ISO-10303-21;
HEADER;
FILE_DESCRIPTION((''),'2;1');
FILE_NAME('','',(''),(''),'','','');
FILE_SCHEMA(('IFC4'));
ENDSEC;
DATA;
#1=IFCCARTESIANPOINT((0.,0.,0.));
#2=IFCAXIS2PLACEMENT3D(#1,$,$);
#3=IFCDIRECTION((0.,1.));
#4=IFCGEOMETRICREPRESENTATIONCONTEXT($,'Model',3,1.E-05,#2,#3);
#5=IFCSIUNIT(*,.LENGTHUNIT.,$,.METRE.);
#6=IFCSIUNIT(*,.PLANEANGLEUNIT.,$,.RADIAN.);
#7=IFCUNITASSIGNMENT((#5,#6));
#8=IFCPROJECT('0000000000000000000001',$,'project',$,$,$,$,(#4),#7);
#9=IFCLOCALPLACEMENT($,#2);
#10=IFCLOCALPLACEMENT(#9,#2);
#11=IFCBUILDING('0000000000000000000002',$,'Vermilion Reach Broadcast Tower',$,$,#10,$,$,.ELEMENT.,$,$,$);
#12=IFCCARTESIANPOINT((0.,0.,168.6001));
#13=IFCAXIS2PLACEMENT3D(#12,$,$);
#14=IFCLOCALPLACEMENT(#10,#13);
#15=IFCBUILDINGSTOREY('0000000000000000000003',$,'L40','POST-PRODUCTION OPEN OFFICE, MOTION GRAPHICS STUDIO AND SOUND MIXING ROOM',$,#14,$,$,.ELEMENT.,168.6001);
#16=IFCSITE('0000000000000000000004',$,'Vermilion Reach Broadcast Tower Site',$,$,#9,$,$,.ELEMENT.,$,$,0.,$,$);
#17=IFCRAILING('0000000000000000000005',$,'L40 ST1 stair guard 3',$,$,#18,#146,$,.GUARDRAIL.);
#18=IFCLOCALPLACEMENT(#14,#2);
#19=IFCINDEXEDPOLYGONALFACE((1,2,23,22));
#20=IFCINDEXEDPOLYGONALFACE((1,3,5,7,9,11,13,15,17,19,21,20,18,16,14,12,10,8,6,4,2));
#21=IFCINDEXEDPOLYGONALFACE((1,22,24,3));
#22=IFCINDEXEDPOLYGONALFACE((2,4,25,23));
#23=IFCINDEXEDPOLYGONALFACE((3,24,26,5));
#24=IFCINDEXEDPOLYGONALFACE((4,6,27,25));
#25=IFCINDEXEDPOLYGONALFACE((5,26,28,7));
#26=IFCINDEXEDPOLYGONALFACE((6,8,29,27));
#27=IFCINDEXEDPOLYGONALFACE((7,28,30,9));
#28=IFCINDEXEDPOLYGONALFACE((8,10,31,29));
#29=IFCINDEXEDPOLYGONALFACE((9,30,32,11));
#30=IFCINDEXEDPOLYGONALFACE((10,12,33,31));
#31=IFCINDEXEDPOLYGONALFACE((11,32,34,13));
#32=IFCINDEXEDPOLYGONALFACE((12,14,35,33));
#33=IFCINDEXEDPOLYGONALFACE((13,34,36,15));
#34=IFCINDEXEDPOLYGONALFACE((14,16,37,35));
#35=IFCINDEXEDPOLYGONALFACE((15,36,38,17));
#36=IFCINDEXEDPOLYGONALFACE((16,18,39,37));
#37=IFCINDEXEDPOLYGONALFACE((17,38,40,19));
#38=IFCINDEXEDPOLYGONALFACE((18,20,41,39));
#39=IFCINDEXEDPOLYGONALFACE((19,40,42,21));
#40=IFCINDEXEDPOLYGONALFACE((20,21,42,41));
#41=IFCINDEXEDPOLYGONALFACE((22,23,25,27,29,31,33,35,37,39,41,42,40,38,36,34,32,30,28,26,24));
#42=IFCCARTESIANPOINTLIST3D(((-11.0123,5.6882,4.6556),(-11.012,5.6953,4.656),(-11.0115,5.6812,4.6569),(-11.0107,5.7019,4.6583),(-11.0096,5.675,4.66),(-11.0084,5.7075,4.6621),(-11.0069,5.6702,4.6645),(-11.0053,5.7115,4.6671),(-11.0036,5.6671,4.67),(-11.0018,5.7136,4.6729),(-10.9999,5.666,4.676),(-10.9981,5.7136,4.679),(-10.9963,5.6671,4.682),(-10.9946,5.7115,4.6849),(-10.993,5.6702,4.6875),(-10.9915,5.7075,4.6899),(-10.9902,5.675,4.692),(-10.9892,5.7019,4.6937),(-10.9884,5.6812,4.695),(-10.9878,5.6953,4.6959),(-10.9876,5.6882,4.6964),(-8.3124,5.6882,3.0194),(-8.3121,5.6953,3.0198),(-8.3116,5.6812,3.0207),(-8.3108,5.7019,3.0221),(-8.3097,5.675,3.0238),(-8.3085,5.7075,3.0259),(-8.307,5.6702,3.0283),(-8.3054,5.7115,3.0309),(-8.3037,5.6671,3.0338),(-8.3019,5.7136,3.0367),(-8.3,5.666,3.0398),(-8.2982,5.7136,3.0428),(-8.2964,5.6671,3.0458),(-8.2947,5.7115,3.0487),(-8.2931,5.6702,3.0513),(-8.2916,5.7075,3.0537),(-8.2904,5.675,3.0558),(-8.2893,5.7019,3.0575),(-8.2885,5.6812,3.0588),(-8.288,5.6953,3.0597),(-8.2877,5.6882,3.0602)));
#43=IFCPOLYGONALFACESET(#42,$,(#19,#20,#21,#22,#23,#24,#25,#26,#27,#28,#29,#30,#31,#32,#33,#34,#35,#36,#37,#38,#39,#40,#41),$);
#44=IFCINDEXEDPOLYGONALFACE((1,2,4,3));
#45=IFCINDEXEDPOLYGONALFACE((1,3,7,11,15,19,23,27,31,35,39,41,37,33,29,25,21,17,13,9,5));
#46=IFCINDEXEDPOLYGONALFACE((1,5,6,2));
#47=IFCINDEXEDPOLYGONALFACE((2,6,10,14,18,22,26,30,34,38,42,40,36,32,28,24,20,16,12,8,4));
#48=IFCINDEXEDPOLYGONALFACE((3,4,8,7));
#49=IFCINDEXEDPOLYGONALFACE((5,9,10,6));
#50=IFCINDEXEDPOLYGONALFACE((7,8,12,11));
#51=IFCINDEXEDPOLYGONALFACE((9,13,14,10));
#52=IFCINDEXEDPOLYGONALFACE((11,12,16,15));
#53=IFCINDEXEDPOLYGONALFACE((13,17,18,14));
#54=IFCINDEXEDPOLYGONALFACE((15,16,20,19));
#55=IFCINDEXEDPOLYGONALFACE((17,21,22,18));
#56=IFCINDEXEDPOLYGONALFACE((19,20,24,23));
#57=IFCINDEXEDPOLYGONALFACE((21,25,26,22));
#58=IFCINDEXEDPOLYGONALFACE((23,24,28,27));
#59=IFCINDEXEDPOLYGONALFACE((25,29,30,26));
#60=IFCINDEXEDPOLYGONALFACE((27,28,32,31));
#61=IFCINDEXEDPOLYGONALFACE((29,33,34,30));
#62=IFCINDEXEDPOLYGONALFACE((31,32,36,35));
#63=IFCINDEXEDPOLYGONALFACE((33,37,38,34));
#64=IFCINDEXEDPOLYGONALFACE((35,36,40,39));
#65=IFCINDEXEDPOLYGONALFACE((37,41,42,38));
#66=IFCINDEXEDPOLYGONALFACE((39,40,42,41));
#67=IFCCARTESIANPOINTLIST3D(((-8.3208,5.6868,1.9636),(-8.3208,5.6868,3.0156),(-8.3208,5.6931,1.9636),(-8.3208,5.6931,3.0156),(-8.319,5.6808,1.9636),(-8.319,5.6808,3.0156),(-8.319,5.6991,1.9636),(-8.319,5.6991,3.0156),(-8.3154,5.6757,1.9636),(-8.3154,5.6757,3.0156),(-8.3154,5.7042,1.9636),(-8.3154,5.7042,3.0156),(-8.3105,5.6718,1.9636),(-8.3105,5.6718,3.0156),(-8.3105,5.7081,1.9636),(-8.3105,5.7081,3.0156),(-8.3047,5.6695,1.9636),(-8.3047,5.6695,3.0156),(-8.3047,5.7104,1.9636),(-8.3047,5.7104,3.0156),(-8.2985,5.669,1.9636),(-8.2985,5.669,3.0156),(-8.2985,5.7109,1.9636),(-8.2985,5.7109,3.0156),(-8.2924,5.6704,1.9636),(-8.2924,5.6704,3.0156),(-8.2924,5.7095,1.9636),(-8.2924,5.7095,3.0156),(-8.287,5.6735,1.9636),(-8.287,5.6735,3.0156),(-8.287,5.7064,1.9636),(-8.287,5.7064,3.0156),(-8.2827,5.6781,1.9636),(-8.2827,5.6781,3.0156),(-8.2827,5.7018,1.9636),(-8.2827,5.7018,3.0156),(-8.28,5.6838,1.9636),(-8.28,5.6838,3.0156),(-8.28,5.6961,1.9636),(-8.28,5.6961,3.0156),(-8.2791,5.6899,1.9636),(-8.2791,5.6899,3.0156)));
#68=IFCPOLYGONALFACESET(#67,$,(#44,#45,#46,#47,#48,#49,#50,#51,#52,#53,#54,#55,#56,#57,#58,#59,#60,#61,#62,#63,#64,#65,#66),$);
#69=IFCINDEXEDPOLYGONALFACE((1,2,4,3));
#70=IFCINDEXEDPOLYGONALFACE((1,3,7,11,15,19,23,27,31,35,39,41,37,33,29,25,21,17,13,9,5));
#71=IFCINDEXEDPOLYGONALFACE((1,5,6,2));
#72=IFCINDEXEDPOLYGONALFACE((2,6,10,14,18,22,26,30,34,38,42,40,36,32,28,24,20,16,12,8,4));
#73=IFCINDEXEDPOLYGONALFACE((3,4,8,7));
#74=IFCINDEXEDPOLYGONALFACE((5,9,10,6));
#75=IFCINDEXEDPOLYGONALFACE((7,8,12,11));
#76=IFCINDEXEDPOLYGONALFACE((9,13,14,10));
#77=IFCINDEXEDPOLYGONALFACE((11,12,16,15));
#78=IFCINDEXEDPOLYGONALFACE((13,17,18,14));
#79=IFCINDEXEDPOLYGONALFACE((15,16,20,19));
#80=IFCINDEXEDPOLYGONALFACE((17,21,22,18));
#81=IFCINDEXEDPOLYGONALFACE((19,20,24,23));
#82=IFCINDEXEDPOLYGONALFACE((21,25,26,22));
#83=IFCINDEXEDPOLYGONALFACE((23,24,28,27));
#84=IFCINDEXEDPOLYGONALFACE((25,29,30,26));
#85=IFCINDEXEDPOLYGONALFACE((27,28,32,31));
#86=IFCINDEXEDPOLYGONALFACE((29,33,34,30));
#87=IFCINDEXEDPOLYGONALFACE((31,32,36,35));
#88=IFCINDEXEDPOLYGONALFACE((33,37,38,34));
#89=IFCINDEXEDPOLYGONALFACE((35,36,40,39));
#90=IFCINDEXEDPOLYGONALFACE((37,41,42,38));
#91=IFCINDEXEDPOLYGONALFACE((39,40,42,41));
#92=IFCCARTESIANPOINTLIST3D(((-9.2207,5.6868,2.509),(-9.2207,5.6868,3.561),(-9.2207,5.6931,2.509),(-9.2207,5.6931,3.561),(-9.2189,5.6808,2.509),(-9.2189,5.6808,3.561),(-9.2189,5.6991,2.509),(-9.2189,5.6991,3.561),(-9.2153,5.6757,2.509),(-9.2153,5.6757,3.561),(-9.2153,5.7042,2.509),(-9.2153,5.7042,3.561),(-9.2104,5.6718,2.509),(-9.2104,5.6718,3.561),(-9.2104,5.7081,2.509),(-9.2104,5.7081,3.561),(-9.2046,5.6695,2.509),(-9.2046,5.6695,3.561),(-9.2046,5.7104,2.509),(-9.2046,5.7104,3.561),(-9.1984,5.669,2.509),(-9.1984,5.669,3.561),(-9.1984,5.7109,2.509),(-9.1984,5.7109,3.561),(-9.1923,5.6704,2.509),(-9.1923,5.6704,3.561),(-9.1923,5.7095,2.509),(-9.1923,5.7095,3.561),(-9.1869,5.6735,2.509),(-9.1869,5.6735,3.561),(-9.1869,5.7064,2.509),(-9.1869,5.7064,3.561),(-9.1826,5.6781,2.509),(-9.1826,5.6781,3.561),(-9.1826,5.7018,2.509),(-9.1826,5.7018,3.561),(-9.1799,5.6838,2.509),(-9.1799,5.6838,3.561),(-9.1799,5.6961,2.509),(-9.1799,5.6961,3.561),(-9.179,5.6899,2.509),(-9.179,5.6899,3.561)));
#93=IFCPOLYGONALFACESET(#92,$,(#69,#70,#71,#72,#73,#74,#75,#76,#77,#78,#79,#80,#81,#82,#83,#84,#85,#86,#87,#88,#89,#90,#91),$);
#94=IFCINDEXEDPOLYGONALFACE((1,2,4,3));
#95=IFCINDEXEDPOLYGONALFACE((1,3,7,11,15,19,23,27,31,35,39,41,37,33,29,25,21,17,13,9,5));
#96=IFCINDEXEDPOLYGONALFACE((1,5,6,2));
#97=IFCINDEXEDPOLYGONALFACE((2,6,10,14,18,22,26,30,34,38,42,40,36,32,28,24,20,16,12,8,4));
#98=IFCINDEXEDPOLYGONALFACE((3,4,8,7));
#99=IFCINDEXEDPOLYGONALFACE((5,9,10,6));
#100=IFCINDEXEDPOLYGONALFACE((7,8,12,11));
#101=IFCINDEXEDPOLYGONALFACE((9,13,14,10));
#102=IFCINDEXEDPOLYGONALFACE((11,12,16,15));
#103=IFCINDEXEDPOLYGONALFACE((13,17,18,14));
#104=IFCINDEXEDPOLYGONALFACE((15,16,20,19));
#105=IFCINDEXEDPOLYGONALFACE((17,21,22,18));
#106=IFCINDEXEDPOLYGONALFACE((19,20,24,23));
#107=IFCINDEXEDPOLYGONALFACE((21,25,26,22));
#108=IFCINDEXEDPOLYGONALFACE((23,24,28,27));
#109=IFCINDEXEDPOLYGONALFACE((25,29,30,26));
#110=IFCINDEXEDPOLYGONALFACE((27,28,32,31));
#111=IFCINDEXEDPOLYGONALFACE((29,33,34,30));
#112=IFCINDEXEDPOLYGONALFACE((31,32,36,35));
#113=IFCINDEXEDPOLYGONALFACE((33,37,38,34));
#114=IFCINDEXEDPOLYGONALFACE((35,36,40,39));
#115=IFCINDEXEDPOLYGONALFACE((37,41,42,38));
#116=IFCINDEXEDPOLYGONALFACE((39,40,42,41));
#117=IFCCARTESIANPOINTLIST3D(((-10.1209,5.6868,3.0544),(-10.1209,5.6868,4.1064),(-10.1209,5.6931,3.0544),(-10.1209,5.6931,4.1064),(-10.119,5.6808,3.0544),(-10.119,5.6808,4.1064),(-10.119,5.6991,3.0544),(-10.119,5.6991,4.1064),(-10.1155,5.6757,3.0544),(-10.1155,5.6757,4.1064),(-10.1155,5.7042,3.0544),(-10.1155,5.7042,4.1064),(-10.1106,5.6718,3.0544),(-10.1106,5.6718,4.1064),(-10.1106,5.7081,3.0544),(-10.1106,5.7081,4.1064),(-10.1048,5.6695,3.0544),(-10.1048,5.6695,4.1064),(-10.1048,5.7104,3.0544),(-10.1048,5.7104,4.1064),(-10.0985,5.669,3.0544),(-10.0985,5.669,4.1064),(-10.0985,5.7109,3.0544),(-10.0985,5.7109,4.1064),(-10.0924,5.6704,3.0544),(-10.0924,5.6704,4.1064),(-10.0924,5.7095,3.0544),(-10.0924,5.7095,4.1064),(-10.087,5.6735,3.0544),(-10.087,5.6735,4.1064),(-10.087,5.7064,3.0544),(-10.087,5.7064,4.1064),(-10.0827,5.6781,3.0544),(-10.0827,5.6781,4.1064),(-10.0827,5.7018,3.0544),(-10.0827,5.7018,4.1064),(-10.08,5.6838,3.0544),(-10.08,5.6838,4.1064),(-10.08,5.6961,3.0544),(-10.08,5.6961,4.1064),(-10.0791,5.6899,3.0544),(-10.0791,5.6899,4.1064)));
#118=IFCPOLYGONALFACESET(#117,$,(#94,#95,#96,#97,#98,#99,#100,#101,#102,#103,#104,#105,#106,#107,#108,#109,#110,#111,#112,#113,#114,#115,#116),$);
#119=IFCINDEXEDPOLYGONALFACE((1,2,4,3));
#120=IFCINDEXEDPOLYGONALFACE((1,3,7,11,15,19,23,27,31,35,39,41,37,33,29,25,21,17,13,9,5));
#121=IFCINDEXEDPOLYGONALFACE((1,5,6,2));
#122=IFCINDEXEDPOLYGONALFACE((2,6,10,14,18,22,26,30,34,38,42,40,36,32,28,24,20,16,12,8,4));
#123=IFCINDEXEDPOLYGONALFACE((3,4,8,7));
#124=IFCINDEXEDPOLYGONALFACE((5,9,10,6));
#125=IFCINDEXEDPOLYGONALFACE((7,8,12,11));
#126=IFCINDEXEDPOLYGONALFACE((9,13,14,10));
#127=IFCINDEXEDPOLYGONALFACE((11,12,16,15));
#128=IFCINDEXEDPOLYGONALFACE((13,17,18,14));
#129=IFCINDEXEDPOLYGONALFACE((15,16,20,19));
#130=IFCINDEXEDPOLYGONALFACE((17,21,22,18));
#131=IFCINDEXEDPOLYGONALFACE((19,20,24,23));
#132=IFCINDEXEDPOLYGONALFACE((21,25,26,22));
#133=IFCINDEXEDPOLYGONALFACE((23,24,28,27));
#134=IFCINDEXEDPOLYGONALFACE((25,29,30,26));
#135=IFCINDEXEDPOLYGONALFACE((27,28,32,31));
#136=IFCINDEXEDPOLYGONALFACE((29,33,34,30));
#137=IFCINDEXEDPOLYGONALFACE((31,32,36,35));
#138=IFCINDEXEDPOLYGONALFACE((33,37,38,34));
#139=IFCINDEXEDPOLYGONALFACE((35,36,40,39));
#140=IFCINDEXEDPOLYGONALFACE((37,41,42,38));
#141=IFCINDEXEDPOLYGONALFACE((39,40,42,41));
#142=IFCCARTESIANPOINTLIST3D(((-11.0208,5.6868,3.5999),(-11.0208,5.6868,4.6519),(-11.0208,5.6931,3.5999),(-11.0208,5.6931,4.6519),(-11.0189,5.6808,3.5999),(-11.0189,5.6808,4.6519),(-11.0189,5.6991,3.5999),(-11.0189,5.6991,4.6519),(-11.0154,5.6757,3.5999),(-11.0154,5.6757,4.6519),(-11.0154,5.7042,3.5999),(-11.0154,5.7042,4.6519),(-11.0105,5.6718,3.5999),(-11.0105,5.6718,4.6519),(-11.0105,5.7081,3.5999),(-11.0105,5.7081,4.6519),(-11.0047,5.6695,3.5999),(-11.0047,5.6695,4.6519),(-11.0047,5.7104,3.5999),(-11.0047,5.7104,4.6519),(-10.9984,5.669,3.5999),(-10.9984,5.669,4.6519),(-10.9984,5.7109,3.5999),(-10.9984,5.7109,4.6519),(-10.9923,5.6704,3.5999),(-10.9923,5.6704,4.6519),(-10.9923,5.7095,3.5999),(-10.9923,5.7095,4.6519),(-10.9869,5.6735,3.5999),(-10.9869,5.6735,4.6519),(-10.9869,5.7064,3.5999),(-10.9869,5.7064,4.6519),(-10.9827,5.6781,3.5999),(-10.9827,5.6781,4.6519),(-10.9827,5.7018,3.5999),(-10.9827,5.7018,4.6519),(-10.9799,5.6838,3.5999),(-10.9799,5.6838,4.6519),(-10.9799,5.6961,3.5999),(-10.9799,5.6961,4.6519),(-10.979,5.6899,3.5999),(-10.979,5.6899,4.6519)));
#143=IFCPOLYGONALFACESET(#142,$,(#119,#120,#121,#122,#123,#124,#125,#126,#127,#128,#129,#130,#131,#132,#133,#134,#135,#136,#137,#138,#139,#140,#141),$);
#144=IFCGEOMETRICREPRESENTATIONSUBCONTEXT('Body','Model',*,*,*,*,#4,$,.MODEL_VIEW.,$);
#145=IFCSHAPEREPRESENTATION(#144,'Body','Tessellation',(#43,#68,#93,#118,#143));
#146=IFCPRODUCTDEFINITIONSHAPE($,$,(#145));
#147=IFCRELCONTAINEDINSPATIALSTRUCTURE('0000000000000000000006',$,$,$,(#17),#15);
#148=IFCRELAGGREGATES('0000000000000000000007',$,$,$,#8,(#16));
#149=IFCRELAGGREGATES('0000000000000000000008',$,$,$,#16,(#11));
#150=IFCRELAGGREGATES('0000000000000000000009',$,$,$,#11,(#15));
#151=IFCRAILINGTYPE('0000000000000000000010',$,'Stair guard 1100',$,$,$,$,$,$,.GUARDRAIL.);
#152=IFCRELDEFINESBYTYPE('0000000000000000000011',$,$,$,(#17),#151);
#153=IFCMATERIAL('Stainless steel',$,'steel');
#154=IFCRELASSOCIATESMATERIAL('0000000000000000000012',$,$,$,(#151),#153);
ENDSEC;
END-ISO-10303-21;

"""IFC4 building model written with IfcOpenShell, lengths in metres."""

from ifc_helpers import new_model, si_unit, direction, frame, origin, origin_2d, place, context, subcontext, project, spatial, circle, extrude, material, type_object, element, save


model = new_model("IFC4")

# Units and contexts
model_context = context("Model", 3, precision=1e-05, world=origin(), true_north=direction((0.0, 1.0)))
body_context = subcontext(model_context, "Body", "Model", "MODEL_VIEW")
ifc_project = project(units=[si_unit("LENGTHUNIT", "METRE"), si_unit("PLANEANGLEUNIT", "RADIAN")], contexts=[model_context])

# Site, building, storey
site_placement = place(None, origin())
site = spatial("IfcSite", under=ifc_project, at=site_placement, Name="Vermilion Reach Broadcast Tower Site", CompositionType="ELEMENT", RefElevation=0.0)
building_placement = place(site_placement, origin())
building = spatial("IfcBuilding", under=site, at=building_placement, Name="Vermilion Reach Broadcast Tower", CompositionType="ELEMENT")
storey_placement = place(building_placement, frame((0.0, 0.0, 168.6001)))
storey = spatial("IfcBuildingStorey", under=building, at=storey_placement, Name="L40", Description="POST-PRODUCTION OPEN OFFICE, MOTION GRAPHICS STUDIO AND SOUND MIXING ROOM", CompositionType="ELEMENT", Elevation=168.6001)

# Railing
ifc_material_1 = material(Name="Stainless steel", Category="steel")
railing_type_1 = type_object("IfcRailingType", Name="Stair guard 1100", PredefinedType="GUARDRAIL", material=ifc_material_1)
railing_1_placement = place(storey_placement, frame((-8.3, 5.6899, 1.9636)))
element("IfcRailing", 1, at=railing_1_placement, inside=storey, type_object=railing_type_1, Name="L40 ST1 stair guard 3", PredefinedType="GUARDRAIL", context=body_context, shape_type="SweptSolid", body=[
    extrude(circle(Radius=0.0239, at=origin_2d()), frame((0.0, 0.0, 1.0762), z_axis=(-0.855212, 0.0, 0.518278), x_axis=(0.0, -1.0, 0.0)), (0.0, 0.0, 1.0), 3.157),
    extrude(circle(Radius=0.021, at=origin_2d()), origin(), (0.0, 0.0, 1.0), 1.052),
    extrude(circle(Radius=0.021, at=origin_2d()), frame((-0.8999, 0.0, 0.5454)), (0.0, 0.0, 1.0), 1.052),
    extrude(circle(Radius=0.021, at=origin_2d()), frame((-1.8, 0.0, 1.0908)), (0.0, 0.0, 1.0), 1.052),
    extrude(circle(Radius=0.021, at=origin_2d()), frame((-2.7, 0.0, 1.6362)), (0.0, 0.0, 1.0), 1.052),
])

save(model, "model.ifc")
